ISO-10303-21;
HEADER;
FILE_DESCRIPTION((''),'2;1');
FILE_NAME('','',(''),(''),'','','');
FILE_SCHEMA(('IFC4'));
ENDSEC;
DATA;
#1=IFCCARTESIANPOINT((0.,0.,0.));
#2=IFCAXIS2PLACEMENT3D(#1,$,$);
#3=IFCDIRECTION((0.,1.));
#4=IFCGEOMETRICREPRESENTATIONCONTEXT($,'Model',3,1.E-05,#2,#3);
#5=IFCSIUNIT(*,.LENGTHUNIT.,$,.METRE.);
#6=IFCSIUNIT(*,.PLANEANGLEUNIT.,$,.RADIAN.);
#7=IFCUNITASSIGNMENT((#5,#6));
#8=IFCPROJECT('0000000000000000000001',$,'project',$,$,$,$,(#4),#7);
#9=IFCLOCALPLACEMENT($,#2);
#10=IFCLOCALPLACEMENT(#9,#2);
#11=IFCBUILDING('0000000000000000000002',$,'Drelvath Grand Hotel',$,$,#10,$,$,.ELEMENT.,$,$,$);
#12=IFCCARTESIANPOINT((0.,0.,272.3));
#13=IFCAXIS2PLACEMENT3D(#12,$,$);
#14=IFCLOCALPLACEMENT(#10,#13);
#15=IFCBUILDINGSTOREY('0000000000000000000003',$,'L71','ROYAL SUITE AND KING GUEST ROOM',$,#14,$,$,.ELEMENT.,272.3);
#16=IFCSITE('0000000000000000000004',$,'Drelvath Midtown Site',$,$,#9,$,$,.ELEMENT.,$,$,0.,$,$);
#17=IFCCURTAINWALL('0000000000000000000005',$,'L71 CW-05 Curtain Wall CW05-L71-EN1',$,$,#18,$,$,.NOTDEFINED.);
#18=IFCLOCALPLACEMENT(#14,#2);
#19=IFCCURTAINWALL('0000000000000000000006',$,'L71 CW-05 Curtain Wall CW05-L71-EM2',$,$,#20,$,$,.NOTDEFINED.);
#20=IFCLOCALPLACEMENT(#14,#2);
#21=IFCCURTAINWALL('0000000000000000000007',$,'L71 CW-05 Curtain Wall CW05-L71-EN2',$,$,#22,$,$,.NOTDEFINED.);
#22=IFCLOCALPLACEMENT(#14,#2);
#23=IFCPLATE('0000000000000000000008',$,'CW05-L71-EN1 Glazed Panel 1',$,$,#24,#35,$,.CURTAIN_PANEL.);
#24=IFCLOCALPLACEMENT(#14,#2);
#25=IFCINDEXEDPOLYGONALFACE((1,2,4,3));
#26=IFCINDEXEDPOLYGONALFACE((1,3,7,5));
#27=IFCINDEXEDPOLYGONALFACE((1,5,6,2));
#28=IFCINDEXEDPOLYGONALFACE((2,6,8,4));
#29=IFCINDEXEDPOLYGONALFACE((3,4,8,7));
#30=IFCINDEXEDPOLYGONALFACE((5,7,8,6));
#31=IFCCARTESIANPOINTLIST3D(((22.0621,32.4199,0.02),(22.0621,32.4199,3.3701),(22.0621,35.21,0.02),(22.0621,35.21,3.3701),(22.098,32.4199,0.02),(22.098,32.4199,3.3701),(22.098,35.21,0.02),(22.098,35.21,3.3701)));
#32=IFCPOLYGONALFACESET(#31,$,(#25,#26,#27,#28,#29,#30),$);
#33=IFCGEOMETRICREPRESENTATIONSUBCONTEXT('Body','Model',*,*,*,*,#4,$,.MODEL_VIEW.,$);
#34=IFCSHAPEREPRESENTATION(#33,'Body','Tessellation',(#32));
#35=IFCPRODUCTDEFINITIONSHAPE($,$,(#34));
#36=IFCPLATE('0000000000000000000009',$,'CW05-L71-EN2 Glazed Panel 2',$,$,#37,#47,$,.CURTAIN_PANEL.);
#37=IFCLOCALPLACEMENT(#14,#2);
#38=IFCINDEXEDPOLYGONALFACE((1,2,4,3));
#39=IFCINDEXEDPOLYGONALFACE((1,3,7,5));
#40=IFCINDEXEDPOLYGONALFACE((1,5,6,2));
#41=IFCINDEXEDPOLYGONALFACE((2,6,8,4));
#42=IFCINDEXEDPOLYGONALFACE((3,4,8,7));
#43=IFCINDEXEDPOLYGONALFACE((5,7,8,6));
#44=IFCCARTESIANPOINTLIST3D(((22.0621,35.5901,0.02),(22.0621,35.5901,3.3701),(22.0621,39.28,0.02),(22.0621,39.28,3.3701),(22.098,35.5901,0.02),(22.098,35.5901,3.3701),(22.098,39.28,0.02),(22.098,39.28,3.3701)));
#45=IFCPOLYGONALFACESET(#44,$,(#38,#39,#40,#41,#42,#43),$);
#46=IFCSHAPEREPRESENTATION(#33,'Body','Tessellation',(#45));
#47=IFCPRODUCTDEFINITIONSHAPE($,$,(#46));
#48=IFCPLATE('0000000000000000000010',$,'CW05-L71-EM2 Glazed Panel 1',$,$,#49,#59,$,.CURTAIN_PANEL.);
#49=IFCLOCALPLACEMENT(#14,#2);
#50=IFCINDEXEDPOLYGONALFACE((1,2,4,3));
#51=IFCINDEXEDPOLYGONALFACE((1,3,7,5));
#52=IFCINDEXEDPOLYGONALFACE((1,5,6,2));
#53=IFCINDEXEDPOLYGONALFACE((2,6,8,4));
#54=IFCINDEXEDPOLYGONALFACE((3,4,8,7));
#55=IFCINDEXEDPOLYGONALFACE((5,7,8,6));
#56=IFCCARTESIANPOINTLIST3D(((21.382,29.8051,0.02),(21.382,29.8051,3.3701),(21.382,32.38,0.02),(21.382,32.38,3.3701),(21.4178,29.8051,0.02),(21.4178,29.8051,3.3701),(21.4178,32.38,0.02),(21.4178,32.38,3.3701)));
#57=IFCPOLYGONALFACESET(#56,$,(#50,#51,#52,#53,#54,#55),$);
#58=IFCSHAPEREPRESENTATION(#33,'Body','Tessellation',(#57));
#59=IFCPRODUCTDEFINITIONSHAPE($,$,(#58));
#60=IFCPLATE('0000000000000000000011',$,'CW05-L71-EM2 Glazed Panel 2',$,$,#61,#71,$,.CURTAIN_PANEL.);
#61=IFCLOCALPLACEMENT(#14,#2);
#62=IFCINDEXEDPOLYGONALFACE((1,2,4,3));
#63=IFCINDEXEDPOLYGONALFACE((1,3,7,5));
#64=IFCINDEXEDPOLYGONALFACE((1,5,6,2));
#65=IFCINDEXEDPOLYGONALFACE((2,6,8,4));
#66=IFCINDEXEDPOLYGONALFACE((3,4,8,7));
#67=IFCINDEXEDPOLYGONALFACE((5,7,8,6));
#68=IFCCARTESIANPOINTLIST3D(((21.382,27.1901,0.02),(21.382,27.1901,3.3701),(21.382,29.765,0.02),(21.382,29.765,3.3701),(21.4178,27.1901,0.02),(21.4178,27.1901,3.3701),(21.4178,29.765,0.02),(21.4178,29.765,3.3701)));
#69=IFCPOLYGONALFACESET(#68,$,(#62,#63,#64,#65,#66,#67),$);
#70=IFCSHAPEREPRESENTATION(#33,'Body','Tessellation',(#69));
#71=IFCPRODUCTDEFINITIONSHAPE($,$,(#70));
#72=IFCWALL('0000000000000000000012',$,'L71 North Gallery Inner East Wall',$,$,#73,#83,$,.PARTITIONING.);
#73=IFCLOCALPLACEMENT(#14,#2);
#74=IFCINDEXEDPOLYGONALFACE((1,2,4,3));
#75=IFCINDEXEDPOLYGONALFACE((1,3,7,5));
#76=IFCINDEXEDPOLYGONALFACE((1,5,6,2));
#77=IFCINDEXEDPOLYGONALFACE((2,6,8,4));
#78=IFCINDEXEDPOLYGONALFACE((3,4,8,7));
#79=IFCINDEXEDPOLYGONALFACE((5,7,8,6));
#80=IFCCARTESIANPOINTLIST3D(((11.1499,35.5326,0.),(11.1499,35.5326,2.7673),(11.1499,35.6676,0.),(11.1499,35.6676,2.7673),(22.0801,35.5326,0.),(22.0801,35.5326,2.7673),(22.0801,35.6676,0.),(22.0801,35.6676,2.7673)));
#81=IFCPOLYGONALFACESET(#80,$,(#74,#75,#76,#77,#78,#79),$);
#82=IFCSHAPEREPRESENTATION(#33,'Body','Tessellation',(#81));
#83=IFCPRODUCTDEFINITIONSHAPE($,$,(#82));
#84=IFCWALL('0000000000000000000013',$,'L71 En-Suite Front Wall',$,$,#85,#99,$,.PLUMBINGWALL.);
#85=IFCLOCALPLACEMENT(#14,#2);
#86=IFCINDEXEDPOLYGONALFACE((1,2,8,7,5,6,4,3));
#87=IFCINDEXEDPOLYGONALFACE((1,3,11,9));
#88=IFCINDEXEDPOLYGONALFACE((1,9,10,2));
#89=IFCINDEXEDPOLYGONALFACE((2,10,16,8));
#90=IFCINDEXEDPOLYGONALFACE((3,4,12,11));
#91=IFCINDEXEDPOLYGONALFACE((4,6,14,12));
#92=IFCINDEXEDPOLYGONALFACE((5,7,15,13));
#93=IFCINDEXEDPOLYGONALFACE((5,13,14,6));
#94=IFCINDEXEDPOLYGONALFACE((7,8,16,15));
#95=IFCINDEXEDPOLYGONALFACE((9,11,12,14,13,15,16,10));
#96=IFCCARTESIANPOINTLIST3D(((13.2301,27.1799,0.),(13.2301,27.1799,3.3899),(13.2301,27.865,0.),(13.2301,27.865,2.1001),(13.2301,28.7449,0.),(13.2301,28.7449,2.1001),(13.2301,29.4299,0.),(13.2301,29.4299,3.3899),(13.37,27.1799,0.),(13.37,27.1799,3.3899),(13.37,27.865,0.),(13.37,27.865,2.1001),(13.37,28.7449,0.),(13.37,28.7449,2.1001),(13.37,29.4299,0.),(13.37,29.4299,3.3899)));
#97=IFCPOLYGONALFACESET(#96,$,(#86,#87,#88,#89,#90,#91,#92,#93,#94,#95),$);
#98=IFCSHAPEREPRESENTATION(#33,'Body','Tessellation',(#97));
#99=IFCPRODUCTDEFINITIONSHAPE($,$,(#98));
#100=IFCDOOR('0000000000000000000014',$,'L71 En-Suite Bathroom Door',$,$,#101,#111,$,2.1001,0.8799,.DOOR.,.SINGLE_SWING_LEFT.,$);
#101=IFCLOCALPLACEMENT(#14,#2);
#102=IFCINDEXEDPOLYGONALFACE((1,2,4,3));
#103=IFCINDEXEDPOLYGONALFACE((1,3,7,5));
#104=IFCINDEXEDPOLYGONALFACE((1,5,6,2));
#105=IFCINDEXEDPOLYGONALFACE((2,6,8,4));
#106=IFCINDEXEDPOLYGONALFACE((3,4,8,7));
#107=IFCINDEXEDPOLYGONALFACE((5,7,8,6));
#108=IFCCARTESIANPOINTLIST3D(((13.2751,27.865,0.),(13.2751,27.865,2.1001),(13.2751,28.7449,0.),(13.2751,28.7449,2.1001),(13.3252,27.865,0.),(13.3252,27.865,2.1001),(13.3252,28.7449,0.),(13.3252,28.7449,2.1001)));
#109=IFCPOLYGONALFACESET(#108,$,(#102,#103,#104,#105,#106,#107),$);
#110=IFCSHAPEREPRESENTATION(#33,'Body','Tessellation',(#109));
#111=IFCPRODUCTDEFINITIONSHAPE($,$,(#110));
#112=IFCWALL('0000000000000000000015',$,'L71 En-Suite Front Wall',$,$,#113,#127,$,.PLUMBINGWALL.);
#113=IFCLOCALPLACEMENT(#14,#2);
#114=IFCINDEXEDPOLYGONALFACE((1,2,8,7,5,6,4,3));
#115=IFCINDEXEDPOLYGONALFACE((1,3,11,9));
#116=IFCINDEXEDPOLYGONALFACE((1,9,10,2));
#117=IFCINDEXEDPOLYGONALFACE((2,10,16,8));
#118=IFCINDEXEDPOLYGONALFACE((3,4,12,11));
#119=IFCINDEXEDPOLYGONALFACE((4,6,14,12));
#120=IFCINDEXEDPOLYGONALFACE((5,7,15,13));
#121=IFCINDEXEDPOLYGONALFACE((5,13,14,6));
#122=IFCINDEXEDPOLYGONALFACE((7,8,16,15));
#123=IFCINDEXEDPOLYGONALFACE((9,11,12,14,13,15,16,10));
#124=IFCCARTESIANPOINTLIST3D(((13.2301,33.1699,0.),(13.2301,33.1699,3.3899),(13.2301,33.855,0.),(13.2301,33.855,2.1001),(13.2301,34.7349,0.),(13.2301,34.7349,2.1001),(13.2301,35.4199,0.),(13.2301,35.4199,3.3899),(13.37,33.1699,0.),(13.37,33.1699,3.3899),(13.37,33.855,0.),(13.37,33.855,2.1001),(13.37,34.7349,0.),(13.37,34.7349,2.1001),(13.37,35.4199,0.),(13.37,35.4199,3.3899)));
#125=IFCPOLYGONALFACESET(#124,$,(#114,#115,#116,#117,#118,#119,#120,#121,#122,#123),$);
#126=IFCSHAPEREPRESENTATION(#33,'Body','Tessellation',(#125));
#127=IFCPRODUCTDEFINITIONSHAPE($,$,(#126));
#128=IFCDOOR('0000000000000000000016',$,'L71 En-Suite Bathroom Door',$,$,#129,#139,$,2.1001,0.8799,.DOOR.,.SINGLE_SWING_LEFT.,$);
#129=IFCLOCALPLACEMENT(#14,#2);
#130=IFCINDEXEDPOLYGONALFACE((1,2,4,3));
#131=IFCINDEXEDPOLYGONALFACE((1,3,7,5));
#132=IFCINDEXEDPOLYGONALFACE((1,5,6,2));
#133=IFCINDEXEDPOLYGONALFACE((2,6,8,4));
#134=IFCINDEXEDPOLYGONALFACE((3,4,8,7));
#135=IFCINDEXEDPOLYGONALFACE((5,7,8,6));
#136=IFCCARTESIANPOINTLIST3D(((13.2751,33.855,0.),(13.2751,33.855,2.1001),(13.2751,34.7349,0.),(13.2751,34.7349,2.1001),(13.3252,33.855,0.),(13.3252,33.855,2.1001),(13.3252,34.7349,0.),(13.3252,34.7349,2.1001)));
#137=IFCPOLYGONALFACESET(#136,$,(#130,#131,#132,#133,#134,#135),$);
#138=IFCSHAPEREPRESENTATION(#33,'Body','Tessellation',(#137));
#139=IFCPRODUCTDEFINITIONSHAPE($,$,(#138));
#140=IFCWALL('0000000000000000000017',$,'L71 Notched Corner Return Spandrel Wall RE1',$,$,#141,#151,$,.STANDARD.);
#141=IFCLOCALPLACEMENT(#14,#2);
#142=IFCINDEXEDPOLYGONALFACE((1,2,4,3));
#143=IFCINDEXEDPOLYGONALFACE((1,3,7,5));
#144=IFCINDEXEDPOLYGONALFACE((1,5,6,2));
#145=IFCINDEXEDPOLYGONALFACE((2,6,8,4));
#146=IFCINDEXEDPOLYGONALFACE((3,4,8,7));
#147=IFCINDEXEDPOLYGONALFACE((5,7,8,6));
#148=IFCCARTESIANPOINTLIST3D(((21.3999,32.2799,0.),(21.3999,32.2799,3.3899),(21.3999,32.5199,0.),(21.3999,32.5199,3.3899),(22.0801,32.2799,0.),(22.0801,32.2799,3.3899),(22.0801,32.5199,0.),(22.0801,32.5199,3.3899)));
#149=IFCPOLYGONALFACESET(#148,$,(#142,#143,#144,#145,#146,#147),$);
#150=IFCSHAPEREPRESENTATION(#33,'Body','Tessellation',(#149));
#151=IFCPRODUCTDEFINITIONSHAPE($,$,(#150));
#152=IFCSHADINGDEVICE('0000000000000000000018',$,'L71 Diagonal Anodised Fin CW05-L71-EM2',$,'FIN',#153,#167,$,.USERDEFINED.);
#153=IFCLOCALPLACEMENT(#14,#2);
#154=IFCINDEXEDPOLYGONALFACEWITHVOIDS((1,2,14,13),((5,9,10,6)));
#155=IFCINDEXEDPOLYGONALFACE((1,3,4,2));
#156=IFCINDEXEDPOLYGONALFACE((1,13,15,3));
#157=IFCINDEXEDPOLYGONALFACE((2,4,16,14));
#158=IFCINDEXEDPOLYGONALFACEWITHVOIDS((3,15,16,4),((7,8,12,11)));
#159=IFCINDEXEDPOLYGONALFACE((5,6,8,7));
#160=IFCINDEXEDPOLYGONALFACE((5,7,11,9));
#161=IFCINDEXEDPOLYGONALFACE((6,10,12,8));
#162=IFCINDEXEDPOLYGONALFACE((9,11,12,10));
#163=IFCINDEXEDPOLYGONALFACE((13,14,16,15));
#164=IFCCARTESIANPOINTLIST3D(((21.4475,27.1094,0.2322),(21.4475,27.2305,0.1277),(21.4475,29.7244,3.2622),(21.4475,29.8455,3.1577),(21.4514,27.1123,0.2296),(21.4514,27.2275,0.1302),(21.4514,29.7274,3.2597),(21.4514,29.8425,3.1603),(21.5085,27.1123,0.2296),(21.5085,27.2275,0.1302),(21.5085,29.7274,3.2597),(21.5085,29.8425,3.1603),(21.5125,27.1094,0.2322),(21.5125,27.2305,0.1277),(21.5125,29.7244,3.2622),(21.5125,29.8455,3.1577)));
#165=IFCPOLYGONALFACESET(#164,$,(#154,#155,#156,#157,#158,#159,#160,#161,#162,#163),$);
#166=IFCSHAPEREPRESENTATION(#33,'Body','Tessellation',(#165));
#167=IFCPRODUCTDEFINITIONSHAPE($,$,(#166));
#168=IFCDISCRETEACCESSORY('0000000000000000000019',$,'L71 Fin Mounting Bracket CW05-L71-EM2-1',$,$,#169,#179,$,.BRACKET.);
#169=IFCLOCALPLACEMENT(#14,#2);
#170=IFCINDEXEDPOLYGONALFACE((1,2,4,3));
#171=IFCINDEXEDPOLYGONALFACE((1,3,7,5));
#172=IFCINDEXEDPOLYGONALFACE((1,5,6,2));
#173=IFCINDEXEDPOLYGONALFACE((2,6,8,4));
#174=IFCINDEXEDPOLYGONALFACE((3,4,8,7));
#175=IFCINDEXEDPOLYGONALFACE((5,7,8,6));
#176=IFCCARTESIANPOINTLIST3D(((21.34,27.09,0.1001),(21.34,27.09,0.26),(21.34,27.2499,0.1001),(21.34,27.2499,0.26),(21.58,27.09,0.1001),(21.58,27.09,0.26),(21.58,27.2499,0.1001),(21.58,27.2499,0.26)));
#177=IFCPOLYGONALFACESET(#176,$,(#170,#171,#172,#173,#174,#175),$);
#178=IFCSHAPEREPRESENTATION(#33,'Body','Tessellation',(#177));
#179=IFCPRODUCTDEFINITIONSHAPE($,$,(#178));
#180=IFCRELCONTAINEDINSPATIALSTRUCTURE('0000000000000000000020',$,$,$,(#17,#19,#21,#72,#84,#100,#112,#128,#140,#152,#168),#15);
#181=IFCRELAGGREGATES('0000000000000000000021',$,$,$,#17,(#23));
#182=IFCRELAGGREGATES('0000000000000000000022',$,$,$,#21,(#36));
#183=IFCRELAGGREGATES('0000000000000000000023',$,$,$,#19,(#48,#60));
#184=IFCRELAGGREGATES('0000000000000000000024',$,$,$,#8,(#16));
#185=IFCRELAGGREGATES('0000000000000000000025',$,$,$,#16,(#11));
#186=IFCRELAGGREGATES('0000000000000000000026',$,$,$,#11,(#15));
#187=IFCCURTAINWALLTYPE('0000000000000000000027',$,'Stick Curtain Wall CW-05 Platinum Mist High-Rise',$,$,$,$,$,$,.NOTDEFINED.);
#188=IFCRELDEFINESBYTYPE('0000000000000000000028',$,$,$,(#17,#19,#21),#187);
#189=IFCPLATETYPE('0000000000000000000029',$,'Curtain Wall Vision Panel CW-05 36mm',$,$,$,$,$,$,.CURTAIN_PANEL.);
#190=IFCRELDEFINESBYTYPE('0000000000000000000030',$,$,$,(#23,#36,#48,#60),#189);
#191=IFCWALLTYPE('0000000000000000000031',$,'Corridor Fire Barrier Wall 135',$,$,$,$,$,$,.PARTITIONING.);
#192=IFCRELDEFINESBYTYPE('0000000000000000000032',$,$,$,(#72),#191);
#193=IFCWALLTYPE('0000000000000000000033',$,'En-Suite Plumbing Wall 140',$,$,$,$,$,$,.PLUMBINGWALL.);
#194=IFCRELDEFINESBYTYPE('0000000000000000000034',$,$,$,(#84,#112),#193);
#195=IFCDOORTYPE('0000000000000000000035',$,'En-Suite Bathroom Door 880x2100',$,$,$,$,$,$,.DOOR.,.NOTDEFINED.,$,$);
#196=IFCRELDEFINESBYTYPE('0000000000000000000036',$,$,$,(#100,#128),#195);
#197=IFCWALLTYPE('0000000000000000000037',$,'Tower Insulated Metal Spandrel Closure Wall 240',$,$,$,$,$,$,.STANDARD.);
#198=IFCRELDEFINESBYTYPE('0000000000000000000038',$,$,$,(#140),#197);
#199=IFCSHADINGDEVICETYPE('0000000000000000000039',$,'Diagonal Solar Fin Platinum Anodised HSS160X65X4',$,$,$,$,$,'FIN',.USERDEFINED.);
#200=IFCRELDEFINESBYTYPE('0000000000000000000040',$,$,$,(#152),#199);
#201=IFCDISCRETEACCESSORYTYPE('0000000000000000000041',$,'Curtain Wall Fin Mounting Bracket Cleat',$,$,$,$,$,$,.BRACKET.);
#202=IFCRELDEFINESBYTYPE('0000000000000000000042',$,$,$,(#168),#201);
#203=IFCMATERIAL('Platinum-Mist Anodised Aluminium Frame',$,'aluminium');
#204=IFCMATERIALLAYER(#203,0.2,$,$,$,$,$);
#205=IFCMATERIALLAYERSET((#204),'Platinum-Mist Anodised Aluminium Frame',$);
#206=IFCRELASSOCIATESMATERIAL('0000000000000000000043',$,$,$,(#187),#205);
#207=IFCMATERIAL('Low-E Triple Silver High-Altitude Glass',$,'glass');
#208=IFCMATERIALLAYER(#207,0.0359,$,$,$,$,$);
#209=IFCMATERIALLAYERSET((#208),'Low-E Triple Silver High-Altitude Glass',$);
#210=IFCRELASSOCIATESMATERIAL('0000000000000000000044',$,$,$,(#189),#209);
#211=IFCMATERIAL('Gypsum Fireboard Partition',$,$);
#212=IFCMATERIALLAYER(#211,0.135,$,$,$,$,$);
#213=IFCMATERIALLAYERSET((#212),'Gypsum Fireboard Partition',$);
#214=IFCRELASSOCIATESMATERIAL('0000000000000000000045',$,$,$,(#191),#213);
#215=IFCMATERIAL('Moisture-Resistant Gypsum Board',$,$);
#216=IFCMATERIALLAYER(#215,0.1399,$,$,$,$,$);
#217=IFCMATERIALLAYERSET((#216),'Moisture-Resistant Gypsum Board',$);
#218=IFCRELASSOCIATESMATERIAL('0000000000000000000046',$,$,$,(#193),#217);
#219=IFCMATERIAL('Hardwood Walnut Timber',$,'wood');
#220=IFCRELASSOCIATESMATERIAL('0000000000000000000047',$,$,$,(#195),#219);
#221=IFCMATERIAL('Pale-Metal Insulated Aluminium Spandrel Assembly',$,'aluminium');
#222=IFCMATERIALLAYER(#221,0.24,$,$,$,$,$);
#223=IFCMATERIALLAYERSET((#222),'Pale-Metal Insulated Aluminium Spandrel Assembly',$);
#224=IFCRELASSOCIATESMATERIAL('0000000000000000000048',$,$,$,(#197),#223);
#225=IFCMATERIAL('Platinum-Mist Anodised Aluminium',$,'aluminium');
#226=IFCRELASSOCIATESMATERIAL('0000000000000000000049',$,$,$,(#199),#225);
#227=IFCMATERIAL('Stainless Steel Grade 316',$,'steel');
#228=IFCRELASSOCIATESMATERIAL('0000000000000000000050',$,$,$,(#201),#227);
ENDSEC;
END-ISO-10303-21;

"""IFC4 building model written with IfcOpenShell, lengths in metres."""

from ifc_helpers import new_model, si_unit, direction, frame, frame_2d, origin, origin_2d, place, context, subcontext, project, spatial, rectangle, hollow_rectangle, extrude, material, layer, layer_set, material_profile, profile_set, type_object, element, fill, aggregate, save


model = new_model("IFC4")

# Units and contexts
model_context = context("Model", 3, precision=1e-05, world=origin(), true_north=direction((0.0, 1.0)))
body_context = subcontext(model_context, "Body", "Model", "MODEL_VIEW")
ifc_project = project(units=[si_unit("LENGTHUNIT", "METRE"), si_unit("PLANEANGLEUNIT", "RADIAN")], contexts=[model_context])

# Site, building, storey
site_placement = place(None, origin())
site = spatial("IfcSite", under=ifc_project, at=site_placement, Name="Drelvath Midtown Site", CompositionType="ELEMENT", RefElevation=0.0)
building_placement = place(site_placement, origin())
building = spatial("IfcBuilding", under=site, at=building_placement, Name="Drelvath Grand Hotel", CompositionType="ELEMENT")
storey_placement = place(building_placement, frame((0.0, 0.0, 272.3)))
storey = spatial("IfcBuildingStorey", under=building, at=storey_placement, Name="L71", Description="ROYAL SUITE AND KING GUEST ROOM", CompositionType="ELEMENT", Elevation=272.3)

# Curtain walls
ifc_material_1 = material(Name="Platinum-Mist Anodised Aluminium Frame", Category="aluminium")
ifc_layer_1 = layer(ifc_material_1, 0.2)
ifc_layer_set_1 = layer_set([ifc_layer_1], Name="Platinum-Mist Anodised Aluminium Frame")
curtain_wall_type = type_object("IfcCurtainWallType", Name="Stick Curtain Wall CW-05 Platinum Mist High-Rise", PredefinedType="NOTDEFINED", material=ifc_layer_set_1)
curtain_wall_1_placement = place(storey_placement, origin())
curtain_wall_1 = element("IfcCurtainWall", 1, at=curtain_wall_1_placement, inside=storey, type_object=curtain_wall_type, Name="L71 CW-05 Curtain Wall CW05-L71-EN1", PredefinedType="NOTDEFINED")
curtain_wall_2_placement = place(storey_placement, origin())
curtain_wall_2 = element("IfcCurtainWall", 2, at=curtain_wall_2_placement, inside=storey, type_object=curtain_wall_type, Name="L71 CW-05 Curtain Wall CW05-L71-EM2", PredefinedType="NOTDEFINED")

# Curtain wall
curtain_wall_3_placement = place(storey_placement, origin())
curtain_wall_3 = element("IfcCurtainWall", 3, at=curtain_wall_3_placement, inside=storey, type_object=curtain_wall_type, Name="L71 CW-05 Curtain Wall CW05-L71-EN2", PredefinedType="NOTDEFINED")

# Plates
ifc_material_2 = material(Name="Low-E Triple Silver High-Altitude Glass", Category="glass")
ifc_layer_2 = layer(ifc_material_2, 0.0359)
ifc_layer_set_2 = layer_set([ifc_layer_2], Name="Low-E Triple Silver High-Altitude Glass")
plate_type = type_object("IfcPlateType", Name="Curtain Wall Vision Panel CW-05 36mm", PredefinedType="CURTAIN_PANEL", material=ifc_layer_set_2)
plate_1_placement = place(storey_placement, frame((22.0801, 33.8149, 0.02), z_axis=(0.0, 0.0, 1.0), x_axis=(0.0, -1.0, 0.0)))
plate_1 = element("IfcPlate", 4, at=plate_1_placement, type_object=plate_type, Name="CW05-L71-EN1 Glazed Panel 1", PredefinedType="CURTAIN_PANEL", context=body_context, shape_type="SweptSolid", body=[
    extrude(rectangle(XDim=2.79, YDim=0.0359, at=origin_2d()), origin(), (0.0, 0.0, 1.0), 3.3501),
])
aggregate(curtain_wall_1, [plate_1])
plate_2_placement = place(storey_placement, frame((22.0801, 37.4351, 0.02), z_axis=(0.0, 0.0, 1.0), x_axis=(0.0, -1.0, 0.0)))
plate_2 = element("IfcPlate", 5, at=plate_2_placement, type_object=plate_type, Name="CW05-L71-EN2 Glazed Panel 2", PredefinedType="CURTAIN_PANEL", context=body_context, shape_type="SweptSolid", body=[
    extrude(rectangle(XDim=3.6899, YDim=0.0359, at=origin_2d()), origin(), (0.0, 0.0, 1.0), 3.3501),
])
aggregate(curtain_wall_3, [plate_2])
plate_3_placement = place(storey_placement, frame((21.3999, 31.0925, 0.02), z_axis=(0.0, 0.0, 1.0), x_axis=(0.0, -1.0, 0.0)))
plate_3 = element("IfcPlate", 6, at=plate_3_placement, type_object=plate_type, Name="CW05-L71-EM2 Glazed Panel 1", PredefinedType="CURTAIN_PANEL", context=body_context, shape_type="SweptSolid", body=[
    extrude(rectangle(XDim=2.575, YDim=0.0359, at=origin_2d()), origin(), (0.0, 0.0, 1.0), 3.3501),
])
plate_4_placement = place(storey_placement, frame((21.3999, 28.4775, 0.02), z_axis=(0.0, 0.0, 1.0), x_axis=(0.0, -1.0, 0.0)))
plate_4 = element("IfcPlate", 7, at=plate_4_placement, type_object=plate_type, Name="CW05-L71-EM2 Glazed Panel 2", PredefinedType="CURTAIN_PANEL", context=body_context, shape_type="SweptSolid", body=[
    extrude(rectangle(XDim=2.575, YDim=0.0359, at=origin_2d()), origin(), (0.0, 0.0, 1.0), 3.3501),
])
aggregate(curtain_wall_2, [plate_3, plate_4])

# Wall
ifc_material_3 = material(Name="Gypsum Fireboard Partition")
ifc_layer_3 = layer(ifc_material_3, 0.135)
ifc_layer_set_3 = layer_set([ifc_layer_3], Name="Gypsum Fireboard Partition")
wall_type_1 = type_object("IfcWallType", Name="Corridor Fire Barrier Wall 135", PredefinedType="PARTITIONING", material=ifc_layer_set_3)
wall_1_placement = place(storey_placement, frame((11.1499, 35.6001, 0.0), z_axis=(0.0, 0.0, 1.0), x_axis=(1.0, 0.0, 0.0)))
element("IfcWall", 8, at=wall_1_placement, inside=storey, type_object=wall_type_1, Name="L71 North Gallery Inner East Wall", PredefinedType="PARTITIONING", context=body_context, shape_type="SweptSolid", body=[
    extrude(rectangle(XDim=10.9302, YDim=0.135, at=frame_2d((5.4651, 0.0))), origin(), (0.0, 0.0, 1.0), 2.7673),
])

# Walls, openings, doors
ifc_material_4 = material(Name="Moisture-Resistant Gypsum Board")
ifc_layer_4 = layer(ifc_material_4, 0.1399)
ifc_layer_set_4 = layer_set([ifc_layer_4], Name="Moisture-Resistant Gypsum Board")
wall_type_2 = type_object("IfcWallType", Name="En-Suite Plumbing Wall 140", PredefinedType="PLUMBINGWALL", material=ifc_layer_set_4)
wall_2_placement = place(storey_placement, frame((13.3, 27.1799, 0.0), z_axis=(0.0, 0.0, 1.0), x_axis=(0.0, 1.0, 0.0)))
wall_2 = element("IfcWall", 9, at=wall_2_placement, inside=storey, type_object=wall_type_2, Name="L71 En-Suite Front Wall", PredefinedType="PLUMBINGWALL", context=body_context, shape_type="SweptSolid", body=[
    extrude(rectangle(XDim=2.25, YDim=0.1399, at=frame_2d((1.125, 0.0))), origin(), (0.0, 0.0, 1.0), 3.3899),
])
opening_1_placement = place(wall_2_placement, frame((0.6851, 0.0, 0.0)))
opening_1 = element("IfcOpeningElement", 10, at=opening_1_placement, cuts=wall_2, PredefinedType="OPENING", context=body_context, shape_type="SweptSolid", body=[
    extrude(rectangle(XDim=0.8799, YDim=2.1001, at=frame_2d((0.4399, 1.05))), frame((0.0, 0.0798, 0.0), z_axis=(0.0, -1.0, 0.0), x_axis=(1.0, 0.0, 0.0)), (0.0, 0.0, 1.0), 0.1599),
])
ifc_material_5 = material(Name="Hardwood Walnut Timber", Category="wood")
door_type = type_object("IfcDoorType", Name="En-Suite Bathroom Door 880x2100", OperationType="NOTDEFINED", PredefinedType="DOOR", material=ifc_material_5)
door_1_placement = place(opening_1_placement, origin())
door_1 = element("IfcDoor", 11, at=door_1_placement, inside=storey, type_object=door_type, Name="L71 En-Suite Bathroom Door", OperationType="SINGLE_SWING_LEFT", OverallHeight=2.1001, OverallWidth=0.8799, PredefinedType="DOOR", context=body_context, shape_type="SweptSolid", body=[
    extrude(rectangle(XDim=0.8799, YDim=2.1001, at=frame_2d((0.4399, 1.05))), frame((0.0, 0.0249, 0.0), z_axis=(0.0, -1.0, 0.0), x_axis=(1.0, 0.0, 0.0)), (0.0, 0.0, 1.0), 0.05),
])
fill(opening_1, door_1)
wall_3_placement = place(storey_placement, frame((13.3, 33.1699, 0.0), z_axis=(0.0, 0.0, 1.0), x_axis=(0.0, 1.0, 0.0)))
wall_3 = element("IfcWall", 12, at=wall_3_placement, inside=storey, type_object=wall_type_2, Name="L71 En-Suite Front Wall", PredefinedType="PLUMBINGWALL", context=body_context, shape_type="SweptSolid", body=[
    extrude(rectangle(XDim=2.25, YDim=0.1399, at=frame_2d((1.125, 0.0))), origin(), (0.0, 0.0, 1.0), 3.3899),
])
opening_2_placement = place(wall_3_placement, frame((0.6851, 0.0, 0.0)))
opening_2 = element("IfcOpeningElement", 13, at=opening_2_placement, cuts=wall_3, PredefinedType="OPENING", context=body_context, shape_type="SweptSolid", body=[
    extrude(rectangle(XDim=0.8799, YDim=2.1001, at=frame_2d((0.4399, 1.05))), frame((0.0, 0.0798, 0.0), z_axis=(0.0, -1.0, 0.0), x_axis=(1.0, 0.0, 0.0)), (0.0, 0.0, 1.0), 0.1599),
])
door_2_placement = place(opening_2_placement, origin())
door_2 = element("IfcDoor", 14, at=door_2_placement, inside=storey, type_object=door_type, Name="L71 En-Suite Bathroom Door", OperationType="SINGLE_SWING_LEFT", OverallHeight=2.1001, OverallWidth=0.8799, PredefinedType="DOOR", context=body_context, shape_type="SweptSolid", body=[
    extrude(rectangle(XDim=0.8799, YDim=2.1001, at=frame_2d((0.4399, 1.05))), frame((0.0, 0.0249, 0.0), z_axis=(0.0, -1.0, 0.0), x_axis=(1.0, 0.0, 0.0)), (0.0, 0.0, 1.0), 0.05),
])
fill(opening_2, door_2)

# Wall
ifc_material_6 = material(Name="Pale-Metal Insulated Aluminium Spandrel Assembly", Category="aluminium")
ifc_layer_5 = layer(ifc_material_6, 0.24)
ifc_layer_set_5 = layer_set([ifc_layer_5], Name="Pale-Metal Insulated Aluminium Spandrel Assembly")
wall_type_3 = type_object("IfcWallType", Name="Tower Insulated Metal Spandrel Closure Wall 240", PredefinedType="STANDARD", material=ifc_layer_set_5)
wall_4_placement = place(storey_placement, frame((22.0801, 32.3999, 0.0), z_axis=(0.0, 0.0, 1.0), x_axis=(-1.0, 0.0, 0.0)))
element("IfcWall", 15, at=wall_4_placement, inside=storey, type_object=wall_type_3, Name="L71 Notched Corner Return Spandrel Wall RE1", PredefinedType="STANDARD", context=body_context, shape_type="SweptSolid", body=[
    extrude(rectangle(XDim=0.6802, YDim=0.24, at=frame_2d((0.3401, 0.0))), origin(), (0.0, 0.0, 1.0), 3.3899),
])

# Shading device
ifc_material_7 = material(Name="Platinum-Mist Anodised Aluminium", Category="aluminium")
ifc_material_profile_1 = material_profile(ifc_material_7, hollow_rectangle(XDim=0.0649, YDim=0.1599, WallThickness=0.0039, at=origin_2d()), Name="HSS160X65X4")
ifc_profile_set_1 = profile_set([ifc_material_profile_1], Name="Platinum-Mist Anodised Aluminium")
shading_device_type = type_object("IfcShadingDeviceType", Name="Diagonal Solar Fin Platinum Anodised HSS160X65X4", ElementType="FIN", PredefinedType="USERDEFINED", material=ifc_profile_set_1)
shading_device_placement = place(storey_placement, frame((21.48, 27.1699, 0.1799), z_axis=(0.0, 0.653355, 0.757052), x_axis=(-1.0, 0.0, 0.0)))
element("IfcShadingDevice", 16, at=shading_device_placement, inside=storey, type_object=shading_device_type, Name="L71 Diagonal Anodised Fin CW05-L71-EM2", ObjectType="FIN", PredefinedType="USERDEFINED", context=body_context, shape_type="SweptSolid", body=[
    extrude(hollow_rectangle(XDim=0.0649, YDim=0.1599, WallThickness=0.0039, at=origin_2d()), origin(), (0.0, 0.0, 1.0), 4.0024),
])

# Discrete accessory
ifc_material_8 = material(Name="Stainless Steel Grade 316", Category="steel")
discrete_accessory_type = type_object("IfcDiscreteAccessoryType", Name="Curtain Wall Fin Mounting Bracket Cleat", PredefinedType="BRACKET", material=ifc_material_8)
discrete_accessory_placement = place(storey_placement, frame((21.46, 27.1699, 0.1001), z_axis=(0.0, 0.0, 1.0), x_axis=(0.0, -1.0, 0.0)))
element("IfcDiscreteAccessory", 17, at=discrete_accessory_placement, inside=storey, type_object=discrete_accessory_type, Name="L71 Fin Mounting Bracket CW05-L71-EM2-1", PredefinedType="BRACKET", context=body_context, shape_type="SweptSolid", body=[
    extrude(rectangle(XDim=0.1599, YDim=0.24, at=origin_2d()), origin(), (0.0, 0.0, 1.0), 0.1599),
])

save(model, "model.ifc")
